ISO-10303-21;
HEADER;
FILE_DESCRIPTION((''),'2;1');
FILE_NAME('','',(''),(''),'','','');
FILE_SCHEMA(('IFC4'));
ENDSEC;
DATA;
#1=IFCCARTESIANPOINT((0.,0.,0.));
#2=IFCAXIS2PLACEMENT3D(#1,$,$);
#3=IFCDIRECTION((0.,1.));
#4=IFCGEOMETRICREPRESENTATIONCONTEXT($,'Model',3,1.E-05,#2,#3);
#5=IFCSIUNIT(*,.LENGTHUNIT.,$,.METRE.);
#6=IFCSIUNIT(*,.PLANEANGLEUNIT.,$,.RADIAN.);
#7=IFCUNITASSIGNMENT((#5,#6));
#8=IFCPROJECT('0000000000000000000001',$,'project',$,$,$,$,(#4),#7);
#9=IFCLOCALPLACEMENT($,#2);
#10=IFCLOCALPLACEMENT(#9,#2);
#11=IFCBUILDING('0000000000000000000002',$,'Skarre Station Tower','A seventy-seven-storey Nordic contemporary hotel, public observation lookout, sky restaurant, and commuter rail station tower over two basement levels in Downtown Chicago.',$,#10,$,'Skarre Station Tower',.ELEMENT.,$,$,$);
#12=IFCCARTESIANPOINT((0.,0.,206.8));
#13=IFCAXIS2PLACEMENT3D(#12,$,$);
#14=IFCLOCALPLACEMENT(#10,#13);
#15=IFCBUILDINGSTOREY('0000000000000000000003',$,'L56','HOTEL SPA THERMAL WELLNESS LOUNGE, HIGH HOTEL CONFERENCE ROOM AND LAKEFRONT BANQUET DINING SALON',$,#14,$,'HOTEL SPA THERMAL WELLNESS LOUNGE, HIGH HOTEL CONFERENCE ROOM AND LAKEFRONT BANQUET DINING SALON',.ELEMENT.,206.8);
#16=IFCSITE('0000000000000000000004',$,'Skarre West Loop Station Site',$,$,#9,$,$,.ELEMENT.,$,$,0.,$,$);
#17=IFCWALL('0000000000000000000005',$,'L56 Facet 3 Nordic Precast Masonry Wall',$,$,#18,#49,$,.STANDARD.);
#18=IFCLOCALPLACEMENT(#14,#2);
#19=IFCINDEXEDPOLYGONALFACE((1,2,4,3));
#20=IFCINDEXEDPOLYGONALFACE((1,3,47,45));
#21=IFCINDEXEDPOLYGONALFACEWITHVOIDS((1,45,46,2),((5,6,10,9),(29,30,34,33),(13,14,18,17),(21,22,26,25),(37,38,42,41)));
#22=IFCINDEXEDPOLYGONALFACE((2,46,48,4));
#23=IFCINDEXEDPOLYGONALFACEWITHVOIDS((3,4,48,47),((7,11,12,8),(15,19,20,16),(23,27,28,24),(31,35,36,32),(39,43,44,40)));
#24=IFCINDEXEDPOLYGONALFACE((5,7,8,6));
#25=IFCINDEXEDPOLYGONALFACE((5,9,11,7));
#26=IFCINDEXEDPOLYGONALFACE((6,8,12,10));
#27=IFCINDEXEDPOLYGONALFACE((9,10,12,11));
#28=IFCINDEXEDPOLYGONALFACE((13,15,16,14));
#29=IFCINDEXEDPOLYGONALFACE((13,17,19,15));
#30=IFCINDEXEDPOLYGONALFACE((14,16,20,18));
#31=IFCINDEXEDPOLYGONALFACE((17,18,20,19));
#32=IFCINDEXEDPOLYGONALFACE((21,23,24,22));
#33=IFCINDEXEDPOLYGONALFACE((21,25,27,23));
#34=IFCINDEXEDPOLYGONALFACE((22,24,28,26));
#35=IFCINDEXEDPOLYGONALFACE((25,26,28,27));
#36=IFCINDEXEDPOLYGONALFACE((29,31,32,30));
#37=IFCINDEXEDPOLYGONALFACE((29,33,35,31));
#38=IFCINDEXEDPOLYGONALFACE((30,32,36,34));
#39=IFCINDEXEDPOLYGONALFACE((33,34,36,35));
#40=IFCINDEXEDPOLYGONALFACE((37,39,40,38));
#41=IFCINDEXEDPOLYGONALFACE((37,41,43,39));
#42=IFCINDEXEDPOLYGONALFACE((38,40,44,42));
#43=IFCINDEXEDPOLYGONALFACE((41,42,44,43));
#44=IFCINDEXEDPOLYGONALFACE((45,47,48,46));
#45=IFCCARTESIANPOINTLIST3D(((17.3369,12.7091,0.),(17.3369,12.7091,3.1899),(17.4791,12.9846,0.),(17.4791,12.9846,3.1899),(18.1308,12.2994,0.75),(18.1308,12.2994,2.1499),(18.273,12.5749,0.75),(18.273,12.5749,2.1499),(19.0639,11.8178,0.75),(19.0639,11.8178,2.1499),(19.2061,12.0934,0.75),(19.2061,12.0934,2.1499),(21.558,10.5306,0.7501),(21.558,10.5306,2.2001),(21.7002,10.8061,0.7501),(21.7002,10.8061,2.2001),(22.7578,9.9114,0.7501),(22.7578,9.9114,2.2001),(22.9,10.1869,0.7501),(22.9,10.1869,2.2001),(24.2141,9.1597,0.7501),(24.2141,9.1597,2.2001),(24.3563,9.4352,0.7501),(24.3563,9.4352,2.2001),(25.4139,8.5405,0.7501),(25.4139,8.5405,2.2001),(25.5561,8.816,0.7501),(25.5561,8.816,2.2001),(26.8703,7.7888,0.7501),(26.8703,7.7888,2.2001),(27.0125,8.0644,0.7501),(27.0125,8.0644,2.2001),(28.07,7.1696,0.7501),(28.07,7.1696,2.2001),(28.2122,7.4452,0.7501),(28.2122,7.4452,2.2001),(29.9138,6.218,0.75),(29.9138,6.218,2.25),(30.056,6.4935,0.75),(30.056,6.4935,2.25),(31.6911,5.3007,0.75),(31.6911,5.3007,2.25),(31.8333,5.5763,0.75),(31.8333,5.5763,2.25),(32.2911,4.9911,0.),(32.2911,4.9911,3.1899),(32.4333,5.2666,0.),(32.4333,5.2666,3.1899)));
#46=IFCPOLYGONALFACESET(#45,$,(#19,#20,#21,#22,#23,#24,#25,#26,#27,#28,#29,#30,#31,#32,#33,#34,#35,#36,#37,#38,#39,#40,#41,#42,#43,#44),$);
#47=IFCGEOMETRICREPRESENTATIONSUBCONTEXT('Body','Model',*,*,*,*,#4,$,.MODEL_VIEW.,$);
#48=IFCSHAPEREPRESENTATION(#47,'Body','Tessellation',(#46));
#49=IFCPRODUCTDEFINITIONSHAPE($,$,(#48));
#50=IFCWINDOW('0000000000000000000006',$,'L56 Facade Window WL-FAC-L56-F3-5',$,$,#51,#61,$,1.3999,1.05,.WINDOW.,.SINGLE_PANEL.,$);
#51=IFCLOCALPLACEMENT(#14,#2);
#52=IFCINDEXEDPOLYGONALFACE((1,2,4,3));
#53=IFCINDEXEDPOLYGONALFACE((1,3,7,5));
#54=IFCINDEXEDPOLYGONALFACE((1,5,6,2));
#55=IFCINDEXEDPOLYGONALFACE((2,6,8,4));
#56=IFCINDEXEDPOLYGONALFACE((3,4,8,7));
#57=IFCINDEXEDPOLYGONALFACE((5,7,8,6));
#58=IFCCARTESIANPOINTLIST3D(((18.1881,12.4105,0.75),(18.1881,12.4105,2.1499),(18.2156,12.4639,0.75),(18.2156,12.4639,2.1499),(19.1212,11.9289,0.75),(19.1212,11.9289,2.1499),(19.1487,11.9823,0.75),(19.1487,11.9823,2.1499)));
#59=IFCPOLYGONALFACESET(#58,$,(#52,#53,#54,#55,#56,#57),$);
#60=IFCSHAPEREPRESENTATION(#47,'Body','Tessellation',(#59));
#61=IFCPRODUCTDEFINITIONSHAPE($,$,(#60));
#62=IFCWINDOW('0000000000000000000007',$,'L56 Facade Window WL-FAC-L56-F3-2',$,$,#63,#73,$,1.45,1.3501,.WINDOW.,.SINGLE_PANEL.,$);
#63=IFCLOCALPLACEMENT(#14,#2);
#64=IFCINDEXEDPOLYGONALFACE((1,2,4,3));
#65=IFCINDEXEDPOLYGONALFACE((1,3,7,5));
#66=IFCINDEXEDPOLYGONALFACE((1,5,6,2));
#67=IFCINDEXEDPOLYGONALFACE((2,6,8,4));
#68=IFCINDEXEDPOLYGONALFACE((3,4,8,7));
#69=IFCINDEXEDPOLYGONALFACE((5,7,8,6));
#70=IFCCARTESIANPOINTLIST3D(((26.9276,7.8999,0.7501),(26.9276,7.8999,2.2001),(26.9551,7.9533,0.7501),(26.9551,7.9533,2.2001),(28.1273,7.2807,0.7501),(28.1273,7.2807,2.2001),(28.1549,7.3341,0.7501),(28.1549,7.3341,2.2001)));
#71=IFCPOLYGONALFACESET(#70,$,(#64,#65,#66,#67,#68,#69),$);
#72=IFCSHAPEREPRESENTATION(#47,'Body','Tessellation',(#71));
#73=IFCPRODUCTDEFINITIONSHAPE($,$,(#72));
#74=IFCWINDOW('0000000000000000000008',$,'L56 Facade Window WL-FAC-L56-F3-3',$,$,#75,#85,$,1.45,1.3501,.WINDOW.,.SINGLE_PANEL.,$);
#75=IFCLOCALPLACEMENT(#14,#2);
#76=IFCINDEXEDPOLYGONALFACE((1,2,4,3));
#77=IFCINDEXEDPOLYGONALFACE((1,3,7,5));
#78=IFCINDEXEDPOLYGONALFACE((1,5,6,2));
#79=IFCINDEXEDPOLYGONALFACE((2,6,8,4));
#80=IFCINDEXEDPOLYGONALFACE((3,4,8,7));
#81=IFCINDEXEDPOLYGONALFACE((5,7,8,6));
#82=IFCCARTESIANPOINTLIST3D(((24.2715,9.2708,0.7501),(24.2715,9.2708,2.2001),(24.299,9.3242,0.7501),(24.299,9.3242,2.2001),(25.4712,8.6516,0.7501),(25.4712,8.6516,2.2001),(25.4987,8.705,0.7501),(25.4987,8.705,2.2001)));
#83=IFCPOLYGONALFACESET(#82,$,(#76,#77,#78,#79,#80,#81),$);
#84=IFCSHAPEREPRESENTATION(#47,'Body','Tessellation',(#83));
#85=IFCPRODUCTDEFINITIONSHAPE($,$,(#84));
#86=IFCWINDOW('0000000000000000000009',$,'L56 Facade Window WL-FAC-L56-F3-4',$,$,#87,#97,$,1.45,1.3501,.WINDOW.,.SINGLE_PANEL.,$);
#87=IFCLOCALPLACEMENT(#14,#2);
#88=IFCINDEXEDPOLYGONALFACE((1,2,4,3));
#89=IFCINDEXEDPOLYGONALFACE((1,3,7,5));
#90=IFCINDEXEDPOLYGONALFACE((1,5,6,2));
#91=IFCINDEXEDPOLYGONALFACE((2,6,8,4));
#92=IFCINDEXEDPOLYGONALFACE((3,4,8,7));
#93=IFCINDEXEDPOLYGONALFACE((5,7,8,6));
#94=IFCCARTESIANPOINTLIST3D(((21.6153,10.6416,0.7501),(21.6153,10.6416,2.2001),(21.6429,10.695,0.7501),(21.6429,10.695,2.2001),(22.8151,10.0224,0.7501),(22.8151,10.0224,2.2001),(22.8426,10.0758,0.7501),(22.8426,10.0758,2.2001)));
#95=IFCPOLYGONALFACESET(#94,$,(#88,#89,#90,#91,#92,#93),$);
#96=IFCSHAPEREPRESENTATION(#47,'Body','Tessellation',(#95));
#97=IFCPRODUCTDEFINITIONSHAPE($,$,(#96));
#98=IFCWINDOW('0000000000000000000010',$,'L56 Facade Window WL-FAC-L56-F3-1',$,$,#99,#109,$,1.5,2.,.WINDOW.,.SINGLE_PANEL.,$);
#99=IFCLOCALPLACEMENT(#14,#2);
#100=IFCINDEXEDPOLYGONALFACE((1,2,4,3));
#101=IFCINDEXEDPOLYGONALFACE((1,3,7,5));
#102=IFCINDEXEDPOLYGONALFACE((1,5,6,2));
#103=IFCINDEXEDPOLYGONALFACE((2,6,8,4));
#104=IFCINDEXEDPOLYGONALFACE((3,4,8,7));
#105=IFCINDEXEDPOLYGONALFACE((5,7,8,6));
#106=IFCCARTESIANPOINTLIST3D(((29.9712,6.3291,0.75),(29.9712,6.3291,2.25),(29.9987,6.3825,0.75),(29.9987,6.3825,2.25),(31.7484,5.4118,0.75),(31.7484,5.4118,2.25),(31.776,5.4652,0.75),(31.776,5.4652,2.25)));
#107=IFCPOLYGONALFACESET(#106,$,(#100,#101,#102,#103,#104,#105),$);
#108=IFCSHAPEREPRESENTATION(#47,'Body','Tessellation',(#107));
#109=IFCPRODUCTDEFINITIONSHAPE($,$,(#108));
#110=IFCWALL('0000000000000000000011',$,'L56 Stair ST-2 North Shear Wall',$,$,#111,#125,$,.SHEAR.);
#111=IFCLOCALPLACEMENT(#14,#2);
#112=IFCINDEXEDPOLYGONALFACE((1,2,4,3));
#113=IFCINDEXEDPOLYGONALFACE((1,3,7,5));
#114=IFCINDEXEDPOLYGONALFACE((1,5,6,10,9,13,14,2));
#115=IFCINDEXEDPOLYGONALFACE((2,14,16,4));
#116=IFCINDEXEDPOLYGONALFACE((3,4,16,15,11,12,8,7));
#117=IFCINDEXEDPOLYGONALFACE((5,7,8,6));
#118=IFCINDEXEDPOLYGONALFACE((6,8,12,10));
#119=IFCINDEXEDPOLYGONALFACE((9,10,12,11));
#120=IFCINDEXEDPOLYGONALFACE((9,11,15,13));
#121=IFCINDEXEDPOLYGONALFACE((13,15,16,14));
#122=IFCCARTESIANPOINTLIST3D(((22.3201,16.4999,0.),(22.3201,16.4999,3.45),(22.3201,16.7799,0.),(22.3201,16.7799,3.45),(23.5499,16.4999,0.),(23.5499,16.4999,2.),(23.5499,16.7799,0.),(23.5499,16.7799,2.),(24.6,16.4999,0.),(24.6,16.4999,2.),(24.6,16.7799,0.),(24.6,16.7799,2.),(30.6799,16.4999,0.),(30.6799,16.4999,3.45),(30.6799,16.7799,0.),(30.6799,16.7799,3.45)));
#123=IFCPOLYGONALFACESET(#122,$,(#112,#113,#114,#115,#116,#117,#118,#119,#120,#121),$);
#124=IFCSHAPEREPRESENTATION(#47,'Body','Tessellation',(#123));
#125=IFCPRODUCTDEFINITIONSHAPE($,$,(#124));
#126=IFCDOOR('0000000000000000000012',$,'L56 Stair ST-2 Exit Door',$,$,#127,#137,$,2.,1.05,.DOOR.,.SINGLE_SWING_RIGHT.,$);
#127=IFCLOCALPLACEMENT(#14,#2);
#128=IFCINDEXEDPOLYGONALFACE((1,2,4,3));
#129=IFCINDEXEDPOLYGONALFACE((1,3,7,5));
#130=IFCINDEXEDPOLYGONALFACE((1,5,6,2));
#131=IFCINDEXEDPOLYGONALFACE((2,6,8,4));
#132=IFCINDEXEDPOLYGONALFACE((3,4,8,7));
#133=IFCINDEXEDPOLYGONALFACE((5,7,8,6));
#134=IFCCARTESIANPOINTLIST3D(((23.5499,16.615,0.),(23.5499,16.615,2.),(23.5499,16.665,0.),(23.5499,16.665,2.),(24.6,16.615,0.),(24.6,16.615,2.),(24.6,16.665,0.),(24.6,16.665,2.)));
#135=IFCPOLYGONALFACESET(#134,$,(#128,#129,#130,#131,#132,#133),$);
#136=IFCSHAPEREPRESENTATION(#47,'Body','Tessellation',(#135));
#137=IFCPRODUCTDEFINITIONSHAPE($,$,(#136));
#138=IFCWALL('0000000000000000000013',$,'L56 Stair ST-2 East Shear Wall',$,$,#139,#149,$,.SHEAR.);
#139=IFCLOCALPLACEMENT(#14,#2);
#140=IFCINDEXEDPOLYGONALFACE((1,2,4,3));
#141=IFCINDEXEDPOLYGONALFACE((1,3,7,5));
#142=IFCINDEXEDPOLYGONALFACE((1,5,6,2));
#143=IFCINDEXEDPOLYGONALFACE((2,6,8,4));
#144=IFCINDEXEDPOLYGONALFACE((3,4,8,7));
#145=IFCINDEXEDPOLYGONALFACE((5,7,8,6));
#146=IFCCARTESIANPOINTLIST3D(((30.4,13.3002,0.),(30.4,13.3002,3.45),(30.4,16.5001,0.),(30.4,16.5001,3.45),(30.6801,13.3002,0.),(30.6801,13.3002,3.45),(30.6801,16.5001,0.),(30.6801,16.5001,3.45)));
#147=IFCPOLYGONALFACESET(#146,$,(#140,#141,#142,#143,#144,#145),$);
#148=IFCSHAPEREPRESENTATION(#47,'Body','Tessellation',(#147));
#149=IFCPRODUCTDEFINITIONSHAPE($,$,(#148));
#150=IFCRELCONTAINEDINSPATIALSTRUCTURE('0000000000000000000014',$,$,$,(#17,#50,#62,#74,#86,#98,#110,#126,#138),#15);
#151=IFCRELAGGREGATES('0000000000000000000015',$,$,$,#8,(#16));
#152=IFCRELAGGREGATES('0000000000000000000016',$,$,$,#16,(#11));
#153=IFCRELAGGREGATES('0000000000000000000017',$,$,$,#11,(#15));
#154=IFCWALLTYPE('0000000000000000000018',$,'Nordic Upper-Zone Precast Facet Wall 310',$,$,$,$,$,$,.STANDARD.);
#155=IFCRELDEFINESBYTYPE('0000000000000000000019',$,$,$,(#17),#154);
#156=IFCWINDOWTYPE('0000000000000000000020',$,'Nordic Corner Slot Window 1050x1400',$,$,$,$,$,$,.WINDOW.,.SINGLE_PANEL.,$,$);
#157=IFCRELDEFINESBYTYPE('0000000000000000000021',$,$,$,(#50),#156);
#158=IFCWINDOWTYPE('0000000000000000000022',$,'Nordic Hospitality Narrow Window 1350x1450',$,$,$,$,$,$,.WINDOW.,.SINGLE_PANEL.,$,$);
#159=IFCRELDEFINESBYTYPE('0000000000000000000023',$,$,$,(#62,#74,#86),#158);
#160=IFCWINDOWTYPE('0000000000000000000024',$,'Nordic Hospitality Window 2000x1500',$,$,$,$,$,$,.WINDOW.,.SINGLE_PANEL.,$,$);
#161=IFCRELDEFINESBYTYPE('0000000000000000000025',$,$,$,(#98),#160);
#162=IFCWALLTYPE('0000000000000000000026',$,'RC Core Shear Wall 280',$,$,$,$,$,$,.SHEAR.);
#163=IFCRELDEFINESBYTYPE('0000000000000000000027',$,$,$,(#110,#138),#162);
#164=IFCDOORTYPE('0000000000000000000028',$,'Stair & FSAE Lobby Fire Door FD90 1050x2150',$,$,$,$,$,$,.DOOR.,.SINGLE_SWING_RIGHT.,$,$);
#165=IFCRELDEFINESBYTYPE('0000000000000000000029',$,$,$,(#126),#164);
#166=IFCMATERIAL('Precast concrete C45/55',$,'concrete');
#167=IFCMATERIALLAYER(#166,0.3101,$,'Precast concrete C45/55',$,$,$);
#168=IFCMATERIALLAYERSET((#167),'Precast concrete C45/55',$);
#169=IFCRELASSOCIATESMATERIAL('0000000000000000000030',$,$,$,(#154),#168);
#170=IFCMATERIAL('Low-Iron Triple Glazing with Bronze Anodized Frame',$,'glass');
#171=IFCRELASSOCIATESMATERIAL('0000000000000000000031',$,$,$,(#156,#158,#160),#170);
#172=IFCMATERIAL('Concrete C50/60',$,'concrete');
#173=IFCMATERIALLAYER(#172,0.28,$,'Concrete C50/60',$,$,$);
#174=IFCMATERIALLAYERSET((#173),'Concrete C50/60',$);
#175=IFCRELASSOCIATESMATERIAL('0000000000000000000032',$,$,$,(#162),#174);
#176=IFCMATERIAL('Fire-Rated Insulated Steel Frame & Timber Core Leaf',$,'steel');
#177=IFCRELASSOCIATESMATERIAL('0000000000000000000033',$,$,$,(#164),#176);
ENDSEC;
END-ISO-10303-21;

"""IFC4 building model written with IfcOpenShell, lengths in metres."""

from ifc_helpers import new_model, si_unit, direction, frame, frame_2d, origin, place, context, subcontext, project, spatial, rectangle, extrude, material, layer, layer_set, type_object, element, fill, save


model = new_model("IFC4")

# Units and contexts
model_context = context("Model", 3, precision=1e-05, world=origin(), true_north=direction((0.0, 1.0)))
body_context = subcontext(model_context, "Body", "Model", "MODEL_VIEW")
ifc_project = project(units=[si_unit("LENGTHUNIT", "METRE"), si_unit("PLANEANGLEUNIT", "RADIAN")], contexts=[model_context])

# Site, building, storey
site_placement = place(None, origin())
site = spatial("IfcSite", under=ifc_project, at=site_placement, Name="Skarre West Loop Station Site", CompositionType="ELEMENT", RefElevation=0.0)
building_placement = place(site_placement, origin())
building = spatial("IfcBuilding", under=site, at=building_placement, Name="Skarre Station Tower", Description="A seventy-seven-storey Nordic contemporary hotel, public observation lookout, sky restaurant, and commuter rail station tower over two basement levels in Downtown Chicago.", LongName="Skarre Station Tower", CompositionType="ELEMENT")
storey_placement = place(building_placement, frame((0.0, 0.0, 206.8)))
storey = spatial("IfcBuildingStorey", under=building, at=storey_placement, Name="L56", Description="HOTEL SPA THERMAL WELLNESS LOUNGE, HIGH HOTEL CONFERENCE ROOM AND LAKEFRONT BANQUET DINING SALON", LongName="HOTEL SPA THERMAL WELLNESS LOUNGE, HIGH HOTEL CONFERENCE ROOM AND LAKEFRONT BANQUET DINING SALON", CompositionType="ELEMENT", Elevation=206.8)

# Shared definitions
ifc_material_1 = material(Name="Precast concrete C45/55", Category="concrete")

# Wall, openings, windows
ifc_layer_1 = layer(ifc_material_1, 0.3101, Name="Precast concrete C45/55")
ifc_layer_set_1 = layer_set([ifc_layer_1], Name="Precast concrete C45/55")
wall_type_1 = type_object("IfcWallType", Name="Nordic Upper-Zone Precast Facet Wall 310", PredefinedType="STANDARD", material=ifc_layer_set_1)
wall_1_placement = place(storey_placement, frame((32.3621, 5.1289, 0.0), z_axis=(0.0, 0.0, 1.0), x_axis=(-0.888626, 0.458632, 0.0)))
wall_1 = element("IfcWall", 1, at=wall_1_placement, inside=storey, type_object=wall_type_1, Name="L56 Facet 3 Nordic Precast Masonry Wall", PredefinedType="STANDARD", context=body_context, shape_type="SweptSolid", body=[
    extrude(rectangle(XDim=16.8284, YDim=0.3101, at=frame_2d((8.4141, 0.0))), origin(), (0.0, 0.0, 1.0), 3.1899),
])
opening_1_placement = place(wall_1_placement, frame((0.675, 0.0, 0.75)))
opening_1 = element("IfcOpeningElement", 2, at=opening_1_placement, cuts=wall_1, PredefinedType="OPENING", context=body_context, shape_type="SweptSolid", body=[
    extrude(rectangle(XDim=2.0, YDim=1.5, at=frame_2d((1.0, 0.75))), frame((0.0, 0.165, 0.0), z_axis=(0.0, -1.0, 0.0), x_axis=(1.0, 0.0, 0.0)), (0.0, 0.0, 1.0), 0.3301),
])
opening_2_placement = place(wall_1_placement, frame((4.75, 0.0, 0.75)))
opening_2 = element("IfcOpeningElement", 3, at=opening_2_placement, cuts=wall_1, PredefinedType="OPENING", context=body_context, shape_type="SweptSolid", body=[
    extrude(rectangle(XDim=1.3501, YDim=1.45, at=frame_2d((0.675, 0.7251))), frame((0.0, 0.165, 0.0), z_axis=(0.0, -1.0, 0.0), x_axis=(1.0, 0.0, 0.0)), (0.0, 0.0, 1.0), 0.3301),
])
opening_3_placement = place(wall_1_placement, frame((7.739, 0.0, 0.75)))
opening_3 = element("IfcOpeningElement", 4, at=opening_3_placement, cuts=wall_1, PredefinedType="OPENING", context=body_context, shape_type="SweptSolid", body=[
    extrude(rectangle(XDim=1.3501, YDim=1.45, at=frame_2d((0.675, 0.7251))), frame((0.0, 0.165, 0.0), z_axis=(0.0, -1.0, 0.0), x_axis=(1.0, 0.0, 0.0)), (0.0, 0.0, 1.0), 0.3301),
])
opening_4_placement = place(wall_1_placement, frame((10.728, 0.0, 0.75)))
opening_4 = element("IfcOpeningElement", 5, at=opening_4_placement, cuts=wall_1, PredefinedType="OPENING", context=body_context, shape_type="SweptSolid", body=[
    extrude(rectangle(XDim=1.3501, YDim=1.45, at=frame_2d((0.675, 0.7251))), frame((0.0, 0.165, 0.0), z_axis=(0.0, -1.0, 0.0), x_axis=(1.0, 0.0, 0.0)), (0.0, 0.0, 1.0), 0.3301),
])
opening_5_placement = place(wall_1_placement, frame((14.885, 0.0, 0.75)))
opening_5 = element("IfcOpeningElement", 6, at=opening_5_placement, cuts=wall_1, PredefinedType="OPENING", context=body_context, shape_type="SweptSolid", body=[
    extrude(rectangle(XDim=1.05, YDim=1.3999, at=frame_2d((0.5249, 0.7))), frame((0.0, 0.165, 0.0), z_axis=(0.0, -1.0, 0.0), x_axis=(1.0, 0.0, 0.0)), (0.0, 0.0, 1.0), 0.3301),
])
ifc_material_2 = material(Name="Low-Iron Triple Glazing with Bronze Anodized Frame", Category="glass")
window_type_1 = type_object("IfcWindowType", Name="Nordic Corner Slot Window 1050x1400", PartitioningType="SINGLE_PANEL", PredefinedType="WINDOW", material=ifc_material_2)
window_1_placement = place(opening_5_placement, origin())
window_1 = element("IfcWindow", 7, at=window_1_placement, inside=storey, type_object=window_type_1, Name="L56 Facade Window WL-FAC-L56-F3-5", OverallHeight=1.3999, OverallWidth=1.05, PartitioningType="SINGLE_PANEL", PredefinedType="WINDOW", context=body_context, shape_type="SweptSolid", body=[
    extrude(rectangle(XDim=1.05, YDim=1.3999, at=frame_2d((0.5249, 0.7))), frame((0.0, 0.03, 0.0), z_axis=(0.0, -1.0, 0.0), x_axis=(1.0, 0.0, 0.0)), (0.0, 0.0, 1.0), 0.0601),
])
fill(opening_5, window_1)
window_type_2 = type_object("IfcWindowType", Name="Nordic Hospitality Narrow Window 1350x1450", PartitioningType="SINGLE_PANEL", PredefinedType="WINDOW", material=ifc_material_2)
window_2_placement = place(opening_2_placement, origin())
window_2 = element("IfcWindow", 8, at=window_2_placement, inside=storey, type_object=window_type_2, Name="L56 Facade Window WL-FAC-L56-F3-2", OverallHeight=1.45, OverallWidth=1.3501, PartitioningType="SINGLE_PANEL", PredefinedType="WINDOW", context=body_context, shape_type="SweptSolid", body=[
    extrude(rectangle(XDim=1.3501, YDim=1.45, at=frame_2d((0.675, 0.7251))), frame((0.0, 0.03, 0.0), z_axis=(0.0, -1.0, 0.0), x_axis=(1.0, 0.0, 0.0)), (0.0, 0.0, 1.0), 0.0601),
])
fill(opening_2, window_2)
window_3_placement = place(opening_3_placement, origin())
window_3 = element("IfcWindow", 9, at=window_3_placement, inside=storey, type_object=window_type_2, Name="L56 Facade Window WL-FAC-L56-F3-3", OverallHeight=1.45, OverallWidth=1.3501, PartitioningType="SINGLE_PANEL", PredefinedType="WINDOW", context=body_context, shape_type="SweptSolid", body=[
    extrude(rectangle(XDim=1.3501, YDim=1.45, at=frame_2d((0.675, 0.7251))), frame((0.0, 0.03, 0.0), z_axis=(0.0, -1.0, 0.0), x_axis=(1.0, 0.0, 0.0)), (0.0, 0.0, 1.0), 0.0601),
])
fill(opening_3, window_3)
window_4_placement = place(opening_4_placement, origin())
window_4 = element("IfcWindow", 10, at=window_4_placement, inside=storey, type_object=window_type_2, Name="L56 Facade Window WL-FAC-L56-F3-4", OverallHeight=1.45, OverallWidth=1.3501, PartitioningType="SINGLE_PANEL", PredefinedType="WINDOW", context=body_context, shape_type="SweptSolid", body=[
    extrude(rectangle(XDim=1.3501, YDim=1.45, at=frame_2d((0.675, 0.7251))), frame((0.0, 0.03, 0.0), z_axis=(0.0, -1.0, 0.0), x_axis=(1.0, 0.0, 0.0)), (0.0, 0.0, 1.0), 0.0601),
])
fill(opening_4, window_4)
window_type_3 = type_object("IfcWindowType", Name="Nordic Hospitality Window 2000x1500", PartitioningType="SINGLE_PANEL", PredefinedType="WINDOW", material=ifc_material_2)
window_5_placement = place(opening_1_placement, origin())
window_5 = element("IfcWindow", 11, at=window_5_placement, inside=storey, type_object=window_type_3, Name="L56 Facade Window WL-FAC-L56-F3-1", OverallHeight=1.5, OverallWidth=2.0, PartitioningType="SINGLE_PANEL", PredefinedType="WINDOW", context=body_context, shape_type="SweptSolid", body=[
    extrude(rectangle(XDim=2.0, YDim=1.5, at=frame_2d((1.0, 0.75))), frame((0.0, 0.03, 0.0), z_axis=(0.0, -1.0, 0.0), x_axis=(1.0, 0.0, 0.0)), (0.0, 0.0, 1.0), 0.0601),
])
fill(opening_1, window_5)

# Wall, opening, door
ifc_material_3 = material(Name="Concrete C50/60", Category="concrete")
ifc_layer_2 = layer(ifc_material_3, 0.28, Name="Concrete C50/60")
ifc_layer_set_2 = layer_set([ifc_layer_2], Name="Concrete C50/60")
wall_type_2 = type_object("IfcWallType", Name="RC Core Shear Wall 280", PredefinedType="SHEAR", material=ifc_layer_set_2)
wall_2_placement = place(storey_placement, frame((30.6799, 16.6399, 0.0), z_axis=(0.0, 0.0, 1.0), x_axis=(-1.0, 0.0, 0.0)))
wall_2 = element("IfcWall", 12, at=wall_2_placement, inside=storey, type_object=wall_type_2, Name="L56 Stair ST-2 North Shear Wall", PredefinedType="SHEAR", context=body_context, shape_type="SweptSolid", body=[
    extrude(rectangle(XDim=8.3599, YDim=0.28, at=frame_2d((4.1799, 0.0))), origin(), (0.0, 0.0, 1.0), 3.45),
])
opening_6_placement = place(wall_2_placement, frame((6.0801, 0.0, 0.0)))
opening_6 = element("IfcOpeningElement", 13, at=opening_6_placement, cuts=wall_2, PredefinedType="OPENING", context=body_context, shape_type="SweptSolid", body=[
    extrude(rectangle(XDim=1.05, YDim=2.0, at=frame_2d((0.5249, 1.0))), frame((0.0, 0.1499, 0.0), z_axis=(0.0, -1.0, 0.0), x_axis=(1.0, 0.0, 0.0)), (0.0, 0.0, 1.0), 0.3),
])
ifc_material_4 = material(Name="Fire-Rated Insulated Steel Frame & Timber Core Leaf", Category="steel")
door_type_1 = type_object("IfcDoorType", Name="Stair & FSAE Lobby Fire Door FD90 1050x2150", OperationType="SINGLE_SWING_RIGHT", PredefinedType="DOOR", material=ifc_material_4)
door_1_placement = place(opening_6_placement, origin())
door_1 = element("IfcDoor", 14, at=door_1_placement, inside=storey, type_object=door_type_1, Name="L56 Stair ST-2 Exit Door", OperationType="SINGLE_SWING_RIGHT", OverallHeight=2.0, OverallWidth=1.05, PredefinedType="DOOR", context=body_context, shape_type="SweptSolid", body=[
    extrude(rectangle(XDim=1.05, YDim=2.0, at=frame_2d((0.5249, 1.0))), frame((0.0, 0.0249, 0.0), z_axis=(0.0, -1.0, 0.0), x_axis=(1.0, 0.0, 0.0)), (0.0, 0.0, 1.0), 0.05),
])
fill(opening_6, door_1)

# Wall
wall_3_placement = place(storey_placement, frame((30.54, 13.3, 0.0), z_axis=(0.0, 0.0, 1.0), x_axis=(0.0, 1.0, 0.0)))
element("IfcWall", 15, at=wall_3_placement, inside=storey, type_object=wall_type_2, Name="L56 Stair ST-2 East Shear Wall", PredefinedType="SHEAR", context=body_context, shape_type="SweptSolid", body=[
    extrude(rectangle(XDim=3.2, YDim=0.28, at=frame_2d((1.6001, 0.0))), origin(), (0.0, 0.0, 1.0), 3.45),
])

save(model, "model.ifc")
